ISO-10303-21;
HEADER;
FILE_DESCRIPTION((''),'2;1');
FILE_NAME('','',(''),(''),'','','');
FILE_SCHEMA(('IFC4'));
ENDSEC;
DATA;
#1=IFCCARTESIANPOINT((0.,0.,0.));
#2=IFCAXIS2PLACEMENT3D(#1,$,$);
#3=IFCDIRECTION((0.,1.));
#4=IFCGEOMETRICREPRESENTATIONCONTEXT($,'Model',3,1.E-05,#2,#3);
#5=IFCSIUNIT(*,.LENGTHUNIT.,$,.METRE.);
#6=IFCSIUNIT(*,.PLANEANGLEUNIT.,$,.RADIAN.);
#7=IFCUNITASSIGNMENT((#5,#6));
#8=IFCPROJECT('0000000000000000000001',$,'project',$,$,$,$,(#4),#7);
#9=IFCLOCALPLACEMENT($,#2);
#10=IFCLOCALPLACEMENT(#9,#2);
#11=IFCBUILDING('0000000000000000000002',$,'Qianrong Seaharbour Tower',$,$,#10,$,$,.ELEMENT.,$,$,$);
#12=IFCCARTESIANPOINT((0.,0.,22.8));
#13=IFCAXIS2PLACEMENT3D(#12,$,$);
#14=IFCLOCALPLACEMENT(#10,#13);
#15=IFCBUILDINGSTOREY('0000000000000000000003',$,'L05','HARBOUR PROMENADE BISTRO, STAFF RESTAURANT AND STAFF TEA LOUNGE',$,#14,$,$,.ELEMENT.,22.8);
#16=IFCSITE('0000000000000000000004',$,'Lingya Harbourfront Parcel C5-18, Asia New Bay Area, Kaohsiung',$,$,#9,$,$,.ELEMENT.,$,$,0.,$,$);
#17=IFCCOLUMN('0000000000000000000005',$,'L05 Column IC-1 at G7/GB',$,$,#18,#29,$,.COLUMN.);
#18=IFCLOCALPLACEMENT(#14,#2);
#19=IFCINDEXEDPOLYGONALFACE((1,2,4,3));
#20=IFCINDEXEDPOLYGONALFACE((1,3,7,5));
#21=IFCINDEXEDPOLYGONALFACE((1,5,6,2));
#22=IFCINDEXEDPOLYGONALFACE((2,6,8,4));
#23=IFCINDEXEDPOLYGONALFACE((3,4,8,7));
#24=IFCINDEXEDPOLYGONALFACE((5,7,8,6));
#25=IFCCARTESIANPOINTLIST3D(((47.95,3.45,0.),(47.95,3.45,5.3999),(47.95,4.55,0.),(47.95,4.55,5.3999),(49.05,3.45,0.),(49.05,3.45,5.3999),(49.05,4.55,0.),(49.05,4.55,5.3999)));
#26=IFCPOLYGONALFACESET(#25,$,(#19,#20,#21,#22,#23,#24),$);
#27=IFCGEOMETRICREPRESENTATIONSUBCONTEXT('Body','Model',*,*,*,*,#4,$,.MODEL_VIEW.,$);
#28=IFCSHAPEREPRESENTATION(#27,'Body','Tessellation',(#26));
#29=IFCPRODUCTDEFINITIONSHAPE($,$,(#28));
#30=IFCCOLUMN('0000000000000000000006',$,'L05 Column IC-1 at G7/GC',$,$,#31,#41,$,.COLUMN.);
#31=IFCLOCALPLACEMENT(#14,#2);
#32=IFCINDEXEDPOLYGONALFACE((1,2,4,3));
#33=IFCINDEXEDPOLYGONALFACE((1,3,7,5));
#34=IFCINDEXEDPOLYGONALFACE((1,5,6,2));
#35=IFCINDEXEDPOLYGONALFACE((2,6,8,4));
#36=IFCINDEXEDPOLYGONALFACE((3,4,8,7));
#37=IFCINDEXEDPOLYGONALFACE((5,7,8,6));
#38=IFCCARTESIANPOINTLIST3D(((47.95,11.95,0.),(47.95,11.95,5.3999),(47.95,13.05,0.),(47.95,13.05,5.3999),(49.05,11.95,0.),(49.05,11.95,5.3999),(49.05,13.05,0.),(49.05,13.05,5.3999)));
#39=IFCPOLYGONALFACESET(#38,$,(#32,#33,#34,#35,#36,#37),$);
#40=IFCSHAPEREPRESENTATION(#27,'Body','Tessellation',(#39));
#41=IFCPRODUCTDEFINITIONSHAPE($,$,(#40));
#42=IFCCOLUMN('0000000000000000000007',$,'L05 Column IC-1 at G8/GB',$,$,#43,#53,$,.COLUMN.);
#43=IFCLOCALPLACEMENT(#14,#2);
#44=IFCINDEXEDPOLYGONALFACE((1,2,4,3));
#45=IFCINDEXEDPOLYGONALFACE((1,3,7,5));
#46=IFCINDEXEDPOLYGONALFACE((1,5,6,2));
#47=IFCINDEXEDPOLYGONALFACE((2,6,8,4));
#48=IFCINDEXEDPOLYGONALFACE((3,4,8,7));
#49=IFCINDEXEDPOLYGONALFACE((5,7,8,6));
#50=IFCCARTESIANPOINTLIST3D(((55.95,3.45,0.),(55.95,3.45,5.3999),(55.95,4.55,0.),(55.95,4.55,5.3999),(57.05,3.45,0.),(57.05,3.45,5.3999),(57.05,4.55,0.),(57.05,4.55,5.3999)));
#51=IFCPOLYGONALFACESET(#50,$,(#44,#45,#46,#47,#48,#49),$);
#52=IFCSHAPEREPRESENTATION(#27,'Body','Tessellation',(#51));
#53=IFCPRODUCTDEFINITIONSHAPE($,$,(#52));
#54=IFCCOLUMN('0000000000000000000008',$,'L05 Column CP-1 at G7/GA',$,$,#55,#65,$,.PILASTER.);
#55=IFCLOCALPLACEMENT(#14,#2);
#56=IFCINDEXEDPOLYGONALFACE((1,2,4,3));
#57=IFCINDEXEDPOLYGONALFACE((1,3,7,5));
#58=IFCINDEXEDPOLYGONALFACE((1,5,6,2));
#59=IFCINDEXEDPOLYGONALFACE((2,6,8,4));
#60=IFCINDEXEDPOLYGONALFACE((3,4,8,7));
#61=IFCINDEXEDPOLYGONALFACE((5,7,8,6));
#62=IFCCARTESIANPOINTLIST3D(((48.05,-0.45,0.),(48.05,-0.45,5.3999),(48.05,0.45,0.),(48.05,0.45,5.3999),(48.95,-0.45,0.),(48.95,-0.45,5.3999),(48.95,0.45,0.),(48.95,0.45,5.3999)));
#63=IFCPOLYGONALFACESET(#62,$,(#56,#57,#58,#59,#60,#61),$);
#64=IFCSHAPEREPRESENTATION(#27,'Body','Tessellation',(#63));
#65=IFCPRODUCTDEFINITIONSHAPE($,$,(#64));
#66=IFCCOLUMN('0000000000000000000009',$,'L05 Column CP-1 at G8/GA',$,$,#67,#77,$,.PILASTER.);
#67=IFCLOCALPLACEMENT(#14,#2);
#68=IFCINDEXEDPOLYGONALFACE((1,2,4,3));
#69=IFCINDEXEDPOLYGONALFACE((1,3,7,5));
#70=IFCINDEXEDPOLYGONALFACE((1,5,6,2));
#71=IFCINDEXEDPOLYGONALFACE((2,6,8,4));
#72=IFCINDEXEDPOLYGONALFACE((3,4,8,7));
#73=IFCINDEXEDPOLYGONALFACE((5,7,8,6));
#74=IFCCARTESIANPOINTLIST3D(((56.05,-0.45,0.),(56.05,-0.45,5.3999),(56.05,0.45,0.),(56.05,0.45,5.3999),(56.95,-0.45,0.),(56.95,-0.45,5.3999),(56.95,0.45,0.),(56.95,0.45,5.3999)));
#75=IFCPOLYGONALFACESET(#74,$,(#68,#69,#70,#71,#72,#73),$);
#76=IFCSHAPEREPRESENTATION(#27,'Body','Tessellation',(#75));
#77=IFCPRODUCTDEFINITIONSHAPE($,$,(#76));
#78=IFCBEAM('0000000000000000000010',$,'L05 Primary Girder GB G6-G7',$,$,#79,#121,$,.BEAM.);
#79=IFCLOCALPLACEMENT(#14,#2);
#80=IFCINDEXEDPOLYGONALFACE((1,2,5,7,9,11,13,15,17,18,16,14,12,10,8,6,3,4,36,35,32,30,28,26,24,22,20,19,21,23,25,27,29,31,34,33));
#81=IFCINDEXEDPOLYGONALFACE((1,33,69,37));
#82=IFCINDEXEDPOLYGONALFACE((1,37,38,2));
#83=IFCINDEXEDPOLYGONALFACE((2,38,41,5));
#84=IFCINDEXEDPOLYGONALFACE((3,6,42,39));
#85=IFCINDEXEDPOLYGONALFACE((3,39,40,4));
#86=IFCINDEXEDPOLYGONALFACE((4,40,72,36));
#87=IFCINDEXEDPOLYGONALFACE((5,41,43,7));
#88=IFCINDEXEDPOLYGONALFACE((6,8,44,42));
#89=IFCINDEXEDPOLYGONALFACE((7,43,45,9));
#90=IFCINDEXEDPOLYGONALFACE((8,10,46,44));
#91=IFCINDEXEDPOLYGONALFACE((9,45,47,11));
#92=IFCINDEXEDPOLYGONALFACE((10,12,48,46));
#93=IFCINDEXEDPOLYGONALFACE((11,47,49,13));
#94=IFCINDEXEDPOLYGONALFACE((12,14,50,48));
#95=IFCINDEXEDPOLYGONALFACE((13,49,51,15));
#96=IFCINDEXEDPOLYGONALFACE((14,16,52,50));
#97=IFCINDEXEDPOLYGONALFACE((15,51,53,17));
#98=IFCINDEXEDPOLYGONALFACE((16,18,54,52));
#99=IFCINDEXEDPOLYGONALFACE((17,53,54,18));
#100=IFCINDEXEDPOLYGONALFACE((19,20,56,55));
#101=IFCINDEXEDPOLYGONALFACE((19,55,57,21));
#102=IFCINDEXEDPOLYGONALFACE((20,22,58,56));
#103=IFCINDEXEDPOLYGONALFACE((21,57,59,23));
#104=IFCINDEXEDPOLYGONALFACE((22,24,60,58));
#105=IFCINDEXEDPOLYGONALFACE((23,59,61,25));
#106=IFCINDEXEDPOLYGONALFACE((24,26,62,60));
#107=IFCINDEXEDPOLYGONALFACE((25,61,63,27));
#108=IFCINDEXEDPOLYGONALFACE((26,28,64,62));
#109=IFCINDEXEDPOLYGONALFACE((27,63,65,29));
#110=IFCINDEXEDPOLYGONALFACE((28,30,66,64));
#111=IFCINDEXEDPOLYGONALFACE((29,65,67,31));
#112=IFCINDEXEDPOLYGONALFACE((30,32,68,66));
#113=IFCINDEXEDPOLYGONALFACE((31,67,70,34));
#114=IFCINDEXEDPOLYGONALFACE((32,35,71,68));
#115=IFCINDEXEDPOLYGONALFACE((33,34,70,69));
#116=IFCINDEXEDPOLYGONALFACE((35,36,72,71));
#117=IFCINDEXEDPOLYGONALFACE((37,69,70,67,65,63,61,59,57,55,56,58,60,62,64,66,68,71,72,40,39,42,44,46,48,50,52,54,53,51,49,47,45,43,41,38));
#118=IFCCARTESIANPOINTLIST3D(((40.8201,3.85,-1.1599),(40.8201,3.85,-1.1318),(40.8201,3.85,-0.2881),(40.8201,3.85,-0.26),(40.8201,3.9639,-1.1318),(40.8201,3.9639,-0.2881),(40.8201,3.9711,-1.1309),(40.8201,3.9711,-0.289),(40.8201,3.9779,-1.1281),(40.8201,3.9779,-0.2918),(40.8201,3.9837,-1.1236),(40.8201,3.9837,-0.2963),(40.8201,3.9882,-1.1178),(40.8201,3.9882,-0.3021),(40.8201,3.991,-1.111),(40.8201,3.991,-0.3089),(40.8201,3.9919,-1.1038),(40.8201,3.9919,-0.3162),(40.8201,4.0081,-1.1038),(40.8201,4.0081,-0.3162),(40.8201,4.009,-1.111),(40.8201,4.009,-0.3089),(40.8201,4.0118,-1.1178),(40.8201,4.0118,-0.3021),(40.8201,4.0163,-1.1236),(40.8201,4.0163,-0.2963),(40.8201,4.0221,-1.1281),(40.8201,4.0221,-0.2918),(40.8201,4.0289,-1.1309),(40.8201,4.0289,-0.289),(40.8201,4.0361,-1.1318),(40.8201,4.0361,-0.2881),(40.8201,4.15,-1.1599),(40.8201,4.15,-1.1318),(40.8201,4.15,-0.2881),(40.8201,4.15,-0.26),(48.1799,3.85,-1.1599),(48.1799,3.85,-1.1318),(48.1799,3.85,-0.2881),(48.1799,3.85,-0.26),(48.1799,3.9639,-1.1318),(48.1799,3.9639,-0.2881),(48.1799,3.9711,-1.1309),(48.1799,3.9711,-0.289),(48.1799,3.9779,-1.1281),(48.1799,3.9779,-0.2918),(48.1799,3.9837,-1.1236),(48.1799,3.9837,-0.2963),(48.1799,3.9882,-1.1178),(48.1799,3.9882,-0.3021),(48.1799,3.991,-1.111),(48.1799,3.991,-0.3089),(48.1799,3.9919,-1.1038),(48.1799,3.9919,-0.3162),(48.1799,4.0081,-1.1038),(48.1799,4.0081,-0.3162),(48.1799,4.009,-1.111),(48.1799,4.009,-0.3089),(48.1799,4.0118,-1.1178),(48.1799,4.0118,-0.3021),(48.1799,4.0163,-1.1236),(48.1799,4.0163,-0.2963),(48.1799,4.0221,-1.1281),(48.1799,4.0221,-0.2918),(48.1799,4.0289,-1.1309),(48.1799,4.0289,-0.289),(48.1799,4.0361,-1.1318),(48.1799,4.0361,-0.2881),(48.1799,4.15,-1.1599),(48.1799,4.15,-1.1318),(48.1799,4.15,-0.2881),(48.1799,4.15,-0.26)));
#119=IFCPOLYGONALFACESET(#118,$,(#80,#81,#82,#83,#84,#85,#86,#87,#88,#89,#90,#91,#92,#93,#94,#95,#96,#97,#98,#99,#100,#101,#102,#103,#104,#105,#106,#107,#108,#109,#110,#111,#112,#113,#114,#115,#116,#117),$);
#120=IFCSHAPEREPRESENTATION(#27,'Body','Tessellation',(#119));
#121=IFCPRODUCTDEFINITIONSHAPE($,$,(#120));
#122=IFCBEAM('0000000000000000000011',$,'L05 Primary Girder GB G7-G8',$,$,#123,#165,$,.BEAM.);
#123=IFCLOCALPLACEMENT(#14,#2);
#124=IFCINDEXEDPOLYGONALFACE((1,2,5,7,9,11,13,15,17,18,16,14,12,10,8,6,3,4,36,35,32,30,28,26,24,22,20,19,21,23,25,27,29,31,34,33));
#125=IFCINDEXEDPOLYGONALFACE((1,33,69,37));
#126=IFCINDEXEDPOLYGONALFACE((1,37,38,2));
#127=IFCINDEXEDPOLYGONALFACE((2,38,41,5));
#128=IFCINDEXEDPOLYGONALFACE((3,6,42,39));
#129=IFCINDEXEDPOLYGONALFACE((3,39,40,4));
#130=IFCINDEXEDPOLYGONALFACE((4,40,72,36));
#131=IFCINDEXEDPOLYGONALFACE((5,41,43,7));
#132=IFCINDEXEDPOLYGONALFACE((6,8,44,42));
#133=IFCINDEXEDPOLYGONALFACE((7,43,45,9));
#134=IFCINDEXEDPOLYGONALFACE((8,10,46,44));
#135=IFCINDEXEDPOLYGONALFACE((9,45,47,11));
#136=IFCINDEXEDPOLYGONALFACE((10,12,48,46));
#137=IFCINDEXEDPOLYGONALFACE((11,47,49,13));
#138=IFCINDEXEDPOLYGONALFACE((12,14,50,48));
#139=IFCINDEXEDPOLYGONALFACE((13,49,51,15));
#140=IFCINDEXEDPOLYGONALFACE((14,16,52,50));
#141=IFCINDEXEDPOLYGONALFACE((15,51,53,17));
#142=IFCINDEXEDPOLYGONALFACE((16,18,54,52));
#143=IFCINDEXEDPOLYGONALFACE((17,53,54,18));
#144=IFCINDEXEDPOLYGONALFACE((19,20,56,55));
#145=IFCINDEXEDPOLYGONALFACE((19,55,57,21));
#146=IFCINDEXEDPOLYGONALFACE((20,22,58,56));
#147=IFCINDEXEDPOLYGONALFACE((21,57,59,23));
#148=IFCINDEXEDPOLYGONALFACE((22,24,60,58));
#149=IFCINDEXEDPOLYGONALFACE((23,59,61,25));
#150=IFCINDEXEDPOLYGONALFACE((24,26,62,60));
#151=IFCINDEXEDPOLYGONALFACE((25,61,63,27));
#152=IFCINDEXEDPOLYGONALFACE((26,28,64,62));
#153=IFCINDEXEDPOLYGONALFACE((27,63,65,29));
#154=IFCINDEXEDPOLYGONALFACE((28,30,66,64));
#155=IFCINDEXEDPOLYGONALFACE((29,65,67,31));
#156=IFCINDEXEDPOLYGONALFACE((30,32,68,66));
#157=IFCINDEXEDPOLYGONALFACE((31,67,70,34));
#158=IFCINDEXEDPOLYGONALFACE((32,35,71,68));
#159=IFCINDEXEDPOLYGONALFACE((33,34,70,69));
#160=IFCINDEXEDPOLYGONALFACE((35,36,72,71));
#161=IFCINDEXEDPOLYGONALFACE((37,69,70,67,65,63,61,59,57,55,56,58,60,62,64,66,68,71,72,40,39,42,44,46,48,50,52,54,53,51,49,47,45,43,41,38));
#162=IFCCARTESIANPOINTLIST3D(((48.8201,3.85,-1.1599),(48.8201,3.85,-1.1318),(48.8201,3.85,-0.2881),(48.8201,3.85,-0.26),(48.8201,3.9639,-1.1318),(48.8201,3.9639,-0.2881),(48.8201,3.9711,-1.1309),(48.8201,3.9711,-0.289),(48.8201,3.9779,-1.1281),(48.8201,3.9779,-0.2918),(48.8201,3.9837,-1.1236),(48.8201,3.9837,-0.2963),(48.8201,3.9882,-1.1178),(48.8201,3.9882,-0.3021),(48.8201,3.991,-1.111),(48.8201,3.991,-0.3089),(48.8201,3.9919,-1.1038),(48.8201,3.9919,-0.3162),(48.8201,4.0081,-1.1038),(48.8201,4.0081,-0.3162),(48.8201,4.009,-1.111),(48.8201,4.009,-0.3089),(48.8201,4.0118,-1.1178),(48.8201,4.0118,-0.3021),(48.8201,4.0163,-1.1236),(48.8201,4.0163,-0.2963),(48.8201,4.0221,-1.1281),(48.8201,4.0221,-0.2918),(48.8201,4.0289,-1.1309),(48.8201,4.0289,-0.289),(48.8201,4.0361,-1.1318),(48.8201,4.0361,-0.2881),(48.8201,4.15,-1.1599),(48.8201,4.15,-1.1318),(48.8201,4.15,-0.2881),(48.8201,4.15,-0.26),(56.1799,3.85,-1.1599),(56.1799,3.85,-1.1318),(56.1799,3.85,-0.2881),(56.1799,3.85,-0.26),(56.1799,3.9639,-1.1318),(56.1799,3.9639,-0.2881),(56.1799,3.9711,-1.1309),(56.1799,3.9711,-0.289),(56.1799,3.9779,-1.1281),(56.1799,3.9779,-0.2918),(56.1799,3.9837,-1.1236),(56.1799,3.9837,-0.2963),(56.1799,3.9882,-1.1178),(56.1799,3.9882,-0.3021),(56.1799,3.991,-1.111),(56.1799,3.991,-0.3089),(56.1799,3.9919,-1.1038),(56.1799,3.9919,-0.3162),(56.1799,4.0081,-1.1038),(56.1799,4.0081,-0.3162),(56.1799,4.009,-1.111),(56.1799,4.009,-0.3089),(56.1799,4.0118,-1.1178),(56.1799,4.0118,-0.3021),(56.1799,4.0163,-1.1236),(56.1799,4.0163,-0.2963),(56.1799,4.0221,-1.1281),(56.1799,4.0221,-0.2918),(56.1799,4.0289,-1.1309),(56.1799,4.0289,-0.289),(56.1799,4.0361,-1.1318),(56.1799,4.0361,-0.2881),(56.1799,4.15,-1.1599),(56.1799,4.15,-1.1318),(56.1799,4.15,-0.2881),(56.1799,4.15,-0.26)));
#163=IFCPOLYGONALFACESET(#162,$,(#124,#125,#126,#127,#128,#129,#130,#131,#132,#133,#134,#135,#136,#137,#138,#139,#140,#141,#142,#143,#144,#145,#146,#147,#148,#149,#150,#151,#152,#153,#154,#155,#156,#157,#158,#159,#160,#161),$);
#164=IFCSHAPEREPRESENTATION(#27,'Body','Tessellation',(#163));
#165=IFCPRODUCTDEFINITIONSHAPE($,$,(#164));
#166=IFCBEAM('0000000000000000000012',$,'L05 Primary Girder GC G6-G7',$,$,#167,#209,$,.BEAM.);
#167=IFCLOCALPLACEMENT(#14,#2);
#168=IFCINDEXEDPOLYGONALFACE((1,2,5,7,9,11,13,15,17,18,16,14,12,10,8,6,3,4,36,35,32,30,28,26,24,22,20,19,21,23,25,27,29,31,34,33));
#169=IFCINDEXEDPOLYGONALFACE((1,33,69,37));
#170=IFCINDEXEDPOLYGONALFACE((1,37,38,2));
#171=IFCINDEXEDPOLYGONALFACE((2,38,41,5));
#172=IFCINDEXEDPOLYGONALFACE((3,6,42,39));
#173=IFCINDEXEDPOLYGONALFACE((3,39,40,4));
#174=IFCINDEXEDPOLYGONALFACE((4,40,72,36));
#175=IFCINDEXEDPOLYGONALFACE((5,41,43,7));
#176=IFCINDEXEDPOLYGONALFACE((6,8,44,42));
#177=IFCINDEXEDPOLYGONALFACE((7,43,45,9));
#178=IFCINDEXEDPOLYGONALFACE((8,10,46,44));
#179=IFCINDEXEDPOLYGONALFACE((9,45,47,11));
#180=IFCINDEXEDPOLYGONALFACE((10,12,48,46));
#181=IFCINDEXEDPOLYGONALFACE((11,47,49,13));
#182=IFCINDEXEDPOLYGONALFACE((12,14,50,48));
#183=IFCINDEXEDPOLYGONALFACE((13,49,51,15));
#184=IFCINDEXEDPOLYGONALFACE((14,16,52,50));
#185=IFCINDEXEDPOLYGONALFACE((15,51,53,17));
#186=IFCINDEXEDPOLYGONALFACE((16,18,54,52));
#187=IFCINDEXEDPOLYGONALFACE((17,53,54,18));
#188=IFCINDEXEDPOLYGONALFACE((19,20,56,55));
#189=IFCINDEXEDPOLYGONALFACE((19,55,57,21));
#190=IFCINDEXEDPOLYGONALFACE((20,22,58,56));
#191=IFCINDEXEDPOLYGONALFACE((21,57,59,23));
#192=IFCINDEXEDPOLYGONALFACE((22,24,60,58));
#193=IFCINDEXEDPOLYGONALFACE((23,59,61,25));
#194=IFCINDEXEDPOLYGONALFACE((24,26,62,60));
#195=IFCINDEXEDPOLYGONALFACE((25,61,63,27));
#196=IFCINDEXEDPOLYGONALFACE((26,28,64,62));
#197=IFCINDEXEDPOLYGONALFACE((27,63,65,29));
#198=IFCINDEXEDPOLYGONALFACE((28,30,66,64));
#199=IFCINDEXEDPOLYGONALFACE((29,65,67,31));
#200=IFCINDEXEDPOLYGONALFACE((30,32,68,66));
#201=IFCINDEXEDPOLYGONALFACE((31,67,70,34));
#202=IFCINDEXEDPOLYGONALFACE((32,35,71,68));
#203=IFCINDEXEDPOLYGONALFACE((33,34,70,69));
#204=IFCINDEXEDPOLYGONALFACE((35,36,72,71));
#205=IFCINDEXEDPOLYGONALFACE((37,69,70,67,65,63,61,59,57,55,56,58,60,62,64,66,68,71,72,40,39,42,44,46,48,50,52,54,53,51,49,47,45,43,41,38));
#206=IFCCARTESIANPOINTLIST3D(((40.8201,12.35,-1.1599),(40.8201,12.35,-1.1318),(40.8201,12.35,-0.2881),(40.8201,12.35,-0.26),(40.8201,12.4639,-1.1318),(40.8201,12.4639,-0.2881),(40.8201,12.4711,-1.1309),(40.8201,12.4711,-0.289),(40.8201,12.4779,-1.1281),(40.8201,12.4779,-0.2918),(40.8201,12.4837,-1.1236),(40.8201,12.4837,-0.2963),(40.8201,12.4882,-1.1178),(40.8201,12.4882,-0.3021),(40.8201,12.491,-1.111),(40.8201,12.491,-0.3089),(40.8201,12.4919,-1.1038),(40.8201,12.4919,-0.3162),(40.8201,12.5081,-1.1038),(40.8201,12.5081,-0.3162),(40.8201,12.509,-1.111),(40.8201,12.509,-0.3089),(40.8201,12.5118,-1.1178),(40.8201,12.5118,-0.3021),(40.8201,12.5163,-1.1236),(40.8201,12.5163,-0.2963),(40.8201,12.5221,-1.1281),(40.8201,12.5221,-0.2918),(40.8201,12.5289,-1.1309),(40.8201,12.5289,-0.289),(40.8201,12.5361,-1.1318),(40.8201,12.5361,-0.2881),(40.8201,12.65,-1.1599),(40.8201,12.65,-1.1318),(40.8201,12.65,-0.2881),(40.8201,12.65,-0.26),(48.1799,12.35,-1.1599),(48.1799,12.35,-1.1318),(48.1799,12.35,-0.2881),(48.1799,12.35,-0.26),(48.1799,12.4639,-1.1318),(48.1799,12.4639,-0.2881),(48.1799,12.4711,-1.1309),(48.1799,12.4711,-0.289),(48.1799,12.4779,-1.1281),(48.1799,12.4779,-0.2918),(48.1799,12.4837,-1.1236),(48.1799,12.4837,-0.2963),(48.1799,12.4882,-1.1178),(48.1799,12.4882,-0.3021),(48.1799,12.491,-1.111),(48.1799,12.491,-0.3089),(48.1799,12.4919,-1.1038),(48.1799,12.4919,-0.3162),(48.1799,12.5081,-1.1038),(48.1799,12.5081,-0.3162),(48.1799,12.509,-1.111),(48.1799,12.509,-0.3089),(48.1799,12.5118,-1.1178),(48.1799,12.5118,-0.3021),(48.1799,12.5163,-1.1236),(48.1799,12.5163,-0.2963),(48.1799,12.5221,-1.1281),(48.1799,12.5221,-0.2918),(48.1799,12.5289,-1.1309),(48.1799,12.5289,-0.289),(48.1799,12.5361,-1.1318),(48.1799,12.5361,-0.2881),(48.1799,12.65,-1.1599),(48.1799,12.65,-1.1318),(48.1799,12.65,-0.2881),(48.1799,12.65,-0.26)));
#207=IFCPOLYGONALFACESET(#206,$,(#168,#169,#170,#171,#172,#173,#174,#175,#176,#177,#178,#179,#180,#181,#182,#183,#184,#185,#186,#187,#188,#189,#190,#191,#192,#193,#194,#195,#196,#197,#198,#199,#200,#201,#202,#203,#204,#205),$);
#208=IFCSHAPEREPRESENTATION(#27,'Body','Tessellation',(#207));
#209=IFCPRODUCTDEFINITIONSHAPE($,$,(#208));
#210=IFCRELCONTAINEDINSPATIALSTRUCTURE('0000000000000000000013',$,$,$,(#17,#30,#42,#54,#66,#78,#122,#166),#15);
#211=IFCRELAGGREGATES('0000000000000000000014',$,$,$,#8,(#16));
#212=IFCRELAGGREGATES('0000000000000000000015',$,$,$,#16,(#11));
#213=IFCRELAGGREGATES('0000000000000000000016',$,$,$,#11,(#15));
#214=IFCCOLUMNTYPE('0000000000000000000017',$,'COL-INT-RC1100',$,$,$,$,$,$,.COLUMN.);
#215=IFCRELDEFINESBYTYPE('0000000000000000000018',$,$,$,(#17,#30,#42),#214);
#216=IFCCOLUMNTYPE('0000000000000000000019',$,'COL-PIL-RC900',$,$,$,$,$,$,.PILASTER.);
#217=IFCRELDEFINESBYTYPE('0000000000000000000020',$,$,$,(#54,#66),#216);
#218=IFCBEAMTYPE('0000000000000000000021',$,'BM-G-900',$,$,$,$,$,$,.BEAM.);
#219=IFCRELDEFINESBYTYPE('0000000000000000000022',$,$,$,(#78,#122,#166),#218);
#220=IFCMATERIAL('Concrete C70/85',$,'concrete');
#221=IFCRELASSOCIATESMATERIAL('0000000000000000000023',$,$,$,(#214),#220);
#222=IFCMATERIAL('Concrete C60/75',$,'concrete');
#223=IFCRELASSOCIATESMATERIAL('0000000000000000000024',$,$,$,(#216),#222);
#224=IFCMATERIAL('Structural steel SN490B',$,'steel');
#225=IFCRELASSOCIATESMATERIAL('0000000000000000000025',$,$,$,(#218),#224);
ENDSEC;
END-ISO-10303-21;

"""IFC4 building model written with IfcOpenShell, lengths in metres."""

from ifc_helpers import new_model, si_unit, direction, frame, origin, origin_2d, place, context, subcontext, project, spatial, rectangle, i_section, extrude, material, material_profile, profile_set, type_object, element, save


model = new_model("IFC4")

# Units and contexts
model_context = context("Model", 3, precision=1e-05, world=origin(), true_north=direction((0.0, 1.0)))
body_context = subcontext(model_context, "Body", "Model", "MODEL_VIEW")
ifc_project = project(units=[si_unit("LENGTHUNIT", "METRE"), si_unit("PLANEANGLEUNIT", "RADIAN")], contexts=[model_context])

# Site, building, storey
site_placement = place(None, origin())
site = spatial("IfcSite", under=ifc_project, at=site_placement, Name="Lingya Harbourfront Parcel C5-18, Asia New Bay Area, Kaohsiung", CompositionType="ELEMENT", RefElevation=0.0)
building_placement = place(site_placement, origin())
building = spatial("IfcBuilding", under=site, at=building_placement, Name="Qianrong Seaharbour Tower", CompositionType="ELEMENT")
storey_placement = place(building_placement, frame((0.0, 0.0, 22.8)))
storey = spatial("IfcBuildingStorey", under=building, at=storey_placement, Name="L05", Description="HARBOUR PROMENADE BISTRO, STAFF RESTAURANT AND STAFF TEA LOUNGE", CompositionType="ELEMENT", Elevation=22.8)

# Columns
ifc_material_1 = material(Name="Concrete C70/85", Category="concrete")
ifc_material_profile_1 = material_profile(ifc_material_1, rectangle(XDim=1.1001, YDim=1.1001, at=origin_2d()), Name="RC1100x1100")
ifc_profile_set_1 = profile_set([ifc_material_profile_1], Name="Concrete C70/85")
column_type_1 = type_object("IfcColumnType", Name="COL-INT-RC1100", PredefinedType="COLUMN", material=ifc_profile_set_1)
for number, where, z_axis, x_axis, name in (
    (1, (48.5, 4.0, 0.0), (0.0, 0.0, 1.0), (1.0, 0.0, 0.0), "L05 Column IC-1 at G7/GB"),
    (2, (48.5, 12.5, 0.0), (0.0, 0.0, 1.0), (1.0, 0.0, 0.0), "L05 Column IC-1 at G7/GC"),
    (3, (56.5, 4.0, 0.0), (0.0, 0.0, 1.0), (1.0, 0.0, 0.0), "L05 Column IC-1 at G8/GB"),
):
    element("IfcColumn", number, at=place(storey_placement, frame(where, z_axis=z_axis, x_axis=x_axis)), inside=storey, type_object=column_type_1, Name=name, PredefinedType="COLUMN", context=body_context, shape_type="SweptSolid", body=[
        extrude(rectangle(XDim=1.1001, YDim=1.1001, at=origin_2d()), origin(), (0.0, 0.0, 1.0), 5.3999),
    ])
ifc_material_2 = material(Name="Concrete C60/75", Category="concrete")
ifc_material_profile_2 = material_profile(ifc_material_2, rectangle(XDim=0.8999, YDim=0.8999, at=origin_2d()), Name="RC900x900")
ifc_profile_set_2 = profile_set([ifc_material_profile_2], Name="Concrete C60/75")
column_type_2 = type_object("IfcColumnType", Name="COL-PIL-RC900", PredefinedType="PILASTER", material=ifc_profile_set_2)
for number, where, z_axis, x_axis, name in (
    (4, (48.5, 0.0, 0.0), (0.0, 0.0, 1.0), (1.0, 0.0, 0.0), "L05 Column CP-1 at G7/GA"),
    (5, (56.5, 0.0, 0.0), (0.0, 0.0, 1.0), (1.0, 0.0, 0.0), "L05 Column CP-1 at G8/GA"),
):
    element("IfcColumn", number, at=place(storey_placement, frame(where, z_axis=z_axis, x_axis=x_axis)), inside=storey, type_object=column_type_2, Name=name, PredefinedType="PILASTER", context=body_context, shape_type="SweptSolid", body=[
        extrude(rectangle(XDim=0.8999, YDim=0.8999, at=origin_2d()), origin(), (0.0, 0.0, 1.0), 5.3999),
    ])

# Beams
ifc_material_3 = material(Name="Structural steel SN490B", Category="steel")
ifc_material_profile_3 = material_profile(ifc_material_3, i_section(OverallWidth=0.3, OverallDepth=0.8999, WebThickness=0.0161, FlangeThickness=0.0281, FilletRadius=0.0281, at=origin_2d()), Name="H900x300x16x28")
ifc_profile_set_3 = profile_set([ifc_material_profile_3], Name="Structural steel SN490B")
beam_type_1 = type_object("IfcBeamType", Name="BM-G-900", PredefinedType="BEAM", material=ifc_profile_set_3)
for number, where, z_axis, x_axis, name in (
    (6, (40.8201, 4.0, -0.71), (1.0, 0.0, 0.0), (0.0, 1.0, 0.0), "L05 Primary Girder GB G6-G7"),
    (7, (48.8201, 4.0, -0.71), (1.0, 0.0, 0.0), (0.0, 1.0, 0.0), "L05 Primary Girder GB G7-G8"),
    (8, (40.8201, 12.5, -0.71), (1.0, 0.0, 0.0), (0.0, 1.0, 0.0), "L05 Primary Girder GC G6-G7"),
):
    element("IfcBeam", number, at=place(storey_placement, frame(where, z_axis=z_axis, x_axis=x_axis)), inside=storey, type_object=beam_type_1, Name=name, PredefinedType="BEAM", context=body_context, shape_type="SweptSolid", body=[
        extrude(i_section(OverallWidth=0.3, OverallDepth=0.8999, WebThickness=0.0161, FlangeThickness=0.0281, FilletRadius=0.0281, at=origin_2d()), origin(), (0.0, 0.0, 1.0), 7.3599),
    ])

save(model, "model.ifc")
